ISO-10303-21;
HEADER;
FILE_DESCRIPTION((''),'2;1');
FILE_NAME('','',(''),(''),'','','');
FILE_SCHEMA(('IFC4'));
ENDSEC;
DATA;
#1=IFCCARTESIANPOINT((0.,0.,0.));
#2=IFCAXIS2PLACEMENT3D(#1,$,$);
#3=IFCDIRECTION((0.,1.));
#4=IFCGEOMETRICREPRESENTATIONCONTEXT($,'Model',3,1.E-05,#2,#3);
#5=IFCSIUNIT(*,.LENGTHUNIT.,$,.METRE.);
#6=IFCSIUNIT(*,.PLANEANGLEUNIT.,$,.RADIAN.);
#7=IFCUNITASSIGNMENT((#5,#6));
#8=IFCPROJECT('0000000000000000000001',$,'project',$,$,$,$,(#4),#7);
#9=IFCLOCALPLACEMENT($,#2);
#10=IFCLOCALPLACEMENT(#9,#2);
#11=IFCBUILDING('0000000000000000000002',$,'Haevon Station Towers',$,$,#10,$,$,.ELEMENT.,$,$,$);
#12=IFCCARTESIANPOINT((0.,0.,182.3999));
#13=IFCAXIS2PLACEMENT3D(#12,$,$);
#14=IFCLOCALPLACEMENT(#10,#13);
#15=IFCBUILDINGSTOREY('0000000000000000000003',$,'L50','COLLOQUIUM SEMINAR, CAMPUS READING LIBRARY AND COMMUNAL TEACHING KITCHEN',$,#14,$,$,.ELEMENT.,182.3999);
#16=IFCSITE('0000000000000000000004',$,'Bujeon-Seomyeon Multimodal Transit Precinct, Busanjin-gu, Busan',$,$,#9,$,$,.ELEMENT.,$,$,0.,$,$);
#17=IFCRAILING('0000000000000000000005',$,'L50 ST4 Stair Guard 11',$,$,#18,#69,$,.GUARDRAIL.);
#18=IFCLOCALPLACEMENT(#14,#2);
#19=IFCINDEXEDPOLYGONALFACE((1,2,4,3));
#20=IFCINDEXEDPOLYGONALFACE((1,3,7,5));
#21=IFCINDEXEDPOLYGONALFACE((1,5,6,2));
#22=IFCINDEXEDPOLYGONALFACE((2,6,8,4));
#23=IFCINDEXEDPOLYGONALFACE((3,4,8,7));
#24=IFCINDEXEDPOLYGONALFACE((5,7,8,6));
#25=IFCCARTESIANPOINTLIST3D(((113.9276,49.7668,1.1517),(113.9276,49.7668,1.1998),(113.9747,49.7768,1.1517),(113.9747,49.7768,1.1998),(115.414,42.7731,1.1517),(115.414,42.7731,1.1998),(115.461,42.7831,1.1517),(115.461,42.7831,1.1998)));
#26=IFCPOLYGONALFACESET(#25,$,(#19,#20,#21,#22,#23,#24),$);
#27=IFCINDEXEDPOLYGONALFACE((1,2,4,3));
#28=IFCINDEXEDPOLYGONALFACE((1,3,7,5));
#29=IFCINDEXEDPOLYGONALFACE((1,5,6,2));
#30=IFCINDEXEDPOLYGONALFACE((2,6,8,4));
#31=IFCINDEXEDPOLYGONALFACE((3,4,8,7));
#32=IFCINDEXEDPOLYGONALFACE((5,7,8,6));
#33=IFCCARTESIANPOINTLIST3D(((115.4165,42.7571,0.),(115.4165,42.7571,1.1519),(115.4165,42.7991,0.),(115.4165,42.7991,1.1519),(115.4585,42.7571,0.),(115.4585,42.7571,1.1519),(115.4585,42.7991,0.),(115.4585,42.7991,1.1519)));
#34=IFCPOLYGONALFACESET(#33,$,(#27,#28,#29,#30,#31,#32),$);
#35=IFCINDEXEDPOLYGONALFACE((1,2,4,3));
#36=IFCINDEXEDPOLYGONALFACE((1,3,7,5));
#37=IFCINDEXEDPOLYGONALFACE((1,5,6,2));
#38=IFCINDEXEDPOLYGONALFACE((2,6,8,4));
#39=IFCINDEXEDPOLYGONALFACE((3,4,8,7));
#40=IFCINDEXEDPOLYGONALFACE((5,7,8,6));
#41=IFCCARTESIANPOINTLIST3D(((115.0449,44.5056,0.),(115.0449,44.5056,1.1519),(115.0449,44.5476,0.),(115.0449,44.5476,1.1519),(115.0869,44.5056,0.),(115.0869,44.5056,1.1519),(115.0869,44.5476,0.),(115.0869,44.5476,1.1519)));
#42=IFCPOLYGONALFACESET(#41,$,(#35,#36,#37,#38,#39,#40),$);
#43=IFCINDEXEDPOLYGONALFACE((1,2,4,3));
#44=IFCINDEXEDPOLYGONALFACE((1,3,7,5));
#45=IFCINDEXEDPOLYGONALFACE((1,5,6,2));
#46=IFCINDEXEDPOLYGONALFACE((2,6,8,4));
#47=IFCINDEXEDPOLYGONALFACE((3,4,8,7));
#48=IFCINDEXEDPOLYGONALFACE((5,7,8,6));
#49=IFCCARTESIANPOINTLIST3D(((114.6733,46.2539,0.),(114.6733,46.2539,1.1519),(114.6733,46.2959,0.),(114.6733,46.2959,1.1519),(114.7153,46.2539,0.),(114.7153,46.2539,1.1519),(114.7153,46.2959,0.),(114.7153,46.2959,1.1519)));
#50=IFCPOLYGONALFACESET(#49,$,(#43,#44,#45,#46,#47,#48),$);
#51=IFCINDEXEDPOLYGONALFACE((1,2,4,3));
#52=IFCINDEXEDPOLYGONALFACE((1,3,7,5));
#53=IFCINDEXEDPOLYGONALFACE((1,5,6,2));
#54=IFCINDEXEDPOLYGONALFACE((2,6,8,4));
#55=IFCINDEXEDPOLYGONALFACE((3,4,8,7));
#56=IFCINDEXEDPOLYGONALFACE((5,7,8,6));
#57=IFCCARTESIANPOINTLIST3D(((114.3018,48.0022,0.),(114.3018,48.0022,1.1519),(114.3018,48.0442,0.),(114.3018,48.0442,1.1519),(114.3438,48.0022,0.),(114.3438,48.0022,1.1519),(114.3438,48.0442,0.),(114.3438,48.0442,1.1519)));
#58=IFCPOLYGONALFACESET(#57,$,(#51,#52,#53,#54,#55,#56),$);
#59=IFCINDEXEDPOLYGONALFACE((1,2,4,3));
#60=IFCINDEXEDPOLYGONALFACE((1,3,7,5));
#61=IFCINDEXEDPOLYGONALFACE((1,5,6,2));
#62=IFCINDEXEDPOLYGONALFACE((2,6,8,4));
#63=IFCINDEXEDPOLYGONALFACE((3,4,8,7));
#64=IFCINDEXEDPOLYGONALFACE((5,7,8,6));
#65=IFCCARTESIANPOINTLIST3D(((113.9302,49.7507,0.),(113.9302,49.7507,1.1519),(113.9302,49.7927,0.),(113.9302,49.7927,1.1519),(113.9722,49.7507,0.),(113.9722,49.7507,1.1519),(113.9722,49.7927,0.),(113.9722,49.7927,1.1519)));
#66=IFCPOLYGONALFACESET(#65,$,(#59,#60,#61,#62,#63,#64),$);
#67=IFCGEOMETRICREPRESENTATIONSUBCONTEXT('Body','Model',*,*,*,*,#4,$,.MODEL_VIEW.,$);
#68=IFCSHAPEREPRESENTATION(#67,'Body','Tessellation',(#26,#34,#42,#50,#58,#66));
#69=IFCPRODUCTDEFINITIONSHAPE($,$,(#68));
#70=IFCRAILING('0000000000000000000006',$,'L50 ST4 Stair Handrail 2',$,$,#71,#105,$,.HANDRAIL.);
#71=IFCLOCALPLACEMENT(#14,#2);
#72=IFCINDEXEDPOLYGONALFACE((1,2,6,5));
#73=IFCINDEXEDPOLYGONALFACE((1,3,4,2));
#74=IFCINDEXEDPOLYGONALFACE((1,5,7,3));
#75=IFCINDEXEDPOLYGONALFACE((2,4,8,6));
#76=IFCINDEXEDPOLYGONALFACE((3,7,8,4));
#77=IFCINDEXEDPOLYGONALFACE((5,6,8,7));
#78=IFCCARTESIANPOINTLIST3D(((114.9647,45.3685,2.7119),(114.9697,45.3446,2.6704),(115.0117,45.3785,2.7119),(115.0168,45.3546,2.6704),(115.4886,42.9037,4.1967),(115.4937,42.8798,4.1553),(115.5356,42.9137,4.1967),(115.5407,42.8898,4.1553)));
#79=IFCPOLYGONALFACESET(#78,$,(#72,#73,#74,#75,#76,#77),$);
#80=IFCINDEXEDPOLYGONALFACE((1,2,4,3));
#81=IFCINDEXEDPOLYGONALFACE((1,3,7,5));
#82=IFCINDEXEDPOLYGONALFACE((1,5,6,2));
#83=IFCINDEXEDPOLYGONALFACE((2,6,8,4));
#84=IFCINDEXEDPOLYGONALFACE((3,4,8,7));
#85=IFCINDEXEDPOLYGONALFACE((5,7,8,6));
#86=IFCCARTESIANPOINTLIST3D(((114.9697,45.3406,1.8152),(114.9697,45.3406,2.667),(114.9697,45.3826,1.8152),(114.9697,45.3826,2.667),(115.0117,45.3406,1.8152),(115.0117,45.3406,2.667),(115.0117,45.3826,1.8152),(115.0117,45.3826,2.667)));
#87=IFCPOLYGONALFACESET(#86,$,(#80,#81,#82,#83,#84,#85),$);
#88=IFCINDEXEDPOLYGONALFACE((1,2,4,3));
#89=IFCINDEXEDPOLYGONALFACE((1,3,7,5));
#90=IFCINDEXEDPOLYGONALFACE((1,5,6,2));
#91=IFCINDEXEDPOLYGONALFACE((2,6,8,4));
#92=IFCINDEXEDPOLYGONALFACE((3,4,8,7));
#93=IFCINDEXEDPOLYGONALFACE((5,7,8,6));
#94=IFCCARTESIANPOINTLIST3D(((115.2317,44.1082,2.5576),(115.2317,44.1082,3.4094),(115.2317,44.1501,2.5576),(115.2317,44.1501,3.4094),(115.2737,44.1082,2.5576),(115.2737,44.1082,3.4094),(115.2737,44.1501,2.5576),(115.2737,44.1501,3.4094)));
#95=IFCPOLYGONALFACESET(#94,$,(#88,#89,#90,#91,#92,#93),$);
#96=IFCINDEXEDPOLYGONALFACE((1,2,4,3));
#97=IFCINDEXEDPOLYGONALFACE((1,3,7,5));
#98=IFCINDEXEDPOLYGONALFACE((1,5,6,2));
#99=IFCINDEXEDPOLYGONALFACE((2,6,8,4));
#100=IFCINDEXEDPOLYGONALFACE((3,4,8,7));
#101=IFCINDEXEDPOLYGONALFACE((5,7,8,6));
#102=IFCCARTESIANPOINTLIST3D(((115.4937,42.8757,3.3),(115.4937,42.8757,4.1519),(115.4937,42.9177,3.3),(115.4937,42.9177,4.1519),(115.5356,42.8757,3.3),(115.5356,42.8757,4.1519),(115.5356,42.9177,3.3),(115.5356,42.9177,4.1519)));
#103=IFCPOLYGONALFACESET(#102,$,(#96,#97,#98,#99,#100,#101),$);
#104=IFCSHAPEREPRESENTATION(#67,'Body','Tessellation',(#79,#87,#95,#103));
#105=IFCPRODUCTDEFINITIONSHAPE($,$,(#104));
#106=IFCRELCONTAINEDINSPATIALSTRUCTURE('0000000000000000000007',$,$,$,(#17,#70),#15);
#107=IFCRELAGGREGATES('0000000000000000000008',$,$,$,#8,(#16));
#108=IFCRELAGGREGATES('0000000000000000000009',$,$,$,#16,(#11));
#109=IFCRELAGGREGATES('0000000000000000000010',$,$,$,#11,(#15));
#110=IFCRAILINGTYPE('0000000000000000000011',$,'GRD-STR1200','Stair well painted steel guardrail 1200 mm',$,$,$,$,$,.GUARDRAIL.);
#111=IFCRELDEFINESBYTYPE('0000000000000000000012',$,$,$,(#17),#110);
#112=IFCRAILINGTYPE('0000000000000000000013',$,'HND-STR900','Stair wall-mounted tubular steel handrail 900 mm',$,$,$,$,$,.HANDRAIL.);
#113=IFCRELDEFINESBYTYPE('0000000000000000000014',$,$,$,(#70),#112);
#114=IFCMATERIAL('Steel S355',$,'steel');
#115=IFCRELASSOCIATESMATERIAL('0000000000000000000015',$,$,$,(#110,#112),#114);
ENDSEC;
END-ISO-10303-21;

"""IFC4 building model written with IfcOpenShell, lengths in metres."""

from ifc_helpers import new_model, si_unit, direction, frame, origin, origin_2d, place, context, subcontext, project, spatial, rectangle, extrude, material, type_object, element, save


model = new_model("IFC4")

# Units and contexts
model_context = context("Model", 3, precision=1e-05, world=origin(), true_north=direction((0.0, 1.0)))
body_context = subcontext(model_context, "Body", "Model", "MODEL_VIEW")
ifc_project = project(units=[si_unit("LENGTHUNIT", "METRE"), si_unit("PLANEANGLEUNIT", "RADIAN")], contexts=[model_context])

# Site, building, storey
site_placement = place(None, origin())
site = spatial("IfcSite", under=ifc_project, at=site_placement, Name="Bujeon-Seomyeon Multimodal Transit Precinct, Busanjin-gu, Busan", CompositionType="ELEMENT", RefElevation=0.0)
building_placement = place(site_placement, origin())
building = spatial("IfcBuilding", under=site, at=building_placement, Name="Haevon Station Towers", CompositionType="ELEMENT")
storey_placement = place(building_placement, frame((0.0, 0.0, 182.3999)))
storey = spatial("IfcBuildingStorey", under=building, at=storey_placement, Name="L50", Description="COLLOQUIUM SEMINAR, CAMPUS READING LIBRARY AND COMMUNAL TEACHING KITCHEN", CompositionType="ELEMENT", Elevation=182.3999)

# Shared definitions
ifc_material_1 = material(Name="Steel S355", Category="steel")

# Railings
railing_type_1 = type_object("IfcRailingType", Name="GRD-STR1200", Description="Stair well painted steel guardrail 1200 mm", PredefinedType="GUARDRAIL", material=ifc_material_1)
railing_1_placement = place(storey_placement, frame((115.4375, 42.7781, 0.0)))
element("IfcRailing", 1, at=railing_1_placement, inside=storey, type_object=railing_type_1, Name="L50 ST4 Stair Guard 11", PredefinedType="GUARDRAIL", context=body_context, shape_type="SweptSolid", body=[
    extrude(rectangle(XDim=0.0481, YDim=0.0481, at=origin_2d()), frame((0.0, 0.0, 1.1758), z_axis=(-0.207882, 0.978154, 0.0), x_axis=(-0.978154, -0.207882, 0.0)), (0.0, 0.0, 1.0), 7.1499),
    extrude(rectangle(XDim=0.042, YDim=0.042, at=origin_2d()), origin(), (0.0, 0.0, 1.0), 1.1519),
    extrude(rectangle(XDim=0.042, YDim=0.042, at=origin_2d()), frame((-0.3716, 1.7485, 0.0)), (0.0, 0.0, 1.0), 1.1519),
    extrude(rectangle(XDim=0.042, YDim=0.042, at=origin_2d()), frame((-0.7432, 3.4968, 0.0)), (0.0, 0.0, 1.0), 1.1519),
    extrude(rectangle(XDim=0.042, YDim=0.042, at=origin_2d()), frame((-1.1147, 5.2451, 0.0)), (0.0, 0.0, 1.0), 1.1519),
    extrude(rectangle(XDim=0.042, YDim=0.042, at=origin_2d()), frame((-1.4863, 6.9937, 0.0)), (0.0, 0.0, 1.0), 1.1519),
])
railing_type_2 = type_object("IfcRailingType", Name="HND-STR900", Description="Stair wall-mounted tubular steel handrail 900 mm", PredefinedType="HANDRAIL", material=ifc_material_1)
railing_2_placement = place(storey_placement, frame((114.9907, 45.3616, 1.8152)))
element("IfcRailing", 2, at=railing_2_placement, inside=storey, type_object=railing_type_2, Name="L50 ST4 Stair Handrail 2", PredefinedType="HANDRAIL", context=body_context, shape_type="SweptSolid", body=[
    extrude(rectangle(XDim=0.0481, YDim=0.0481, at=origin_2d()), frame((0.0, 0.0, 0.876), z_axis=(0.179129, -0.842724, 0.507671), x_axis=(0.978147, 0.207914, 0.0)), (0.0, 0.0, 1.0), 2.9248),
    extrude(rectangle(XDim=0.042, YDim=0.042, at=origin_2d()), origin(), (0.0, 0.0, 1.0), 0.8518),
    extrude(rectangle(XDim=0.042, YDim=0.042, at=origin_2d()), frame((0.262, -1.2324, 0.7424)), (0.0, 0.0, 1.0), 0.8518),
    extrude(rectangle(XDim=0.042, YDim=0.042, at=origin_2d()), frame((0.5239, -2.4648, 1.4849)), (0.0, 0.0, 1.0), 0.8518),
])

save(model, "model.ifc")
